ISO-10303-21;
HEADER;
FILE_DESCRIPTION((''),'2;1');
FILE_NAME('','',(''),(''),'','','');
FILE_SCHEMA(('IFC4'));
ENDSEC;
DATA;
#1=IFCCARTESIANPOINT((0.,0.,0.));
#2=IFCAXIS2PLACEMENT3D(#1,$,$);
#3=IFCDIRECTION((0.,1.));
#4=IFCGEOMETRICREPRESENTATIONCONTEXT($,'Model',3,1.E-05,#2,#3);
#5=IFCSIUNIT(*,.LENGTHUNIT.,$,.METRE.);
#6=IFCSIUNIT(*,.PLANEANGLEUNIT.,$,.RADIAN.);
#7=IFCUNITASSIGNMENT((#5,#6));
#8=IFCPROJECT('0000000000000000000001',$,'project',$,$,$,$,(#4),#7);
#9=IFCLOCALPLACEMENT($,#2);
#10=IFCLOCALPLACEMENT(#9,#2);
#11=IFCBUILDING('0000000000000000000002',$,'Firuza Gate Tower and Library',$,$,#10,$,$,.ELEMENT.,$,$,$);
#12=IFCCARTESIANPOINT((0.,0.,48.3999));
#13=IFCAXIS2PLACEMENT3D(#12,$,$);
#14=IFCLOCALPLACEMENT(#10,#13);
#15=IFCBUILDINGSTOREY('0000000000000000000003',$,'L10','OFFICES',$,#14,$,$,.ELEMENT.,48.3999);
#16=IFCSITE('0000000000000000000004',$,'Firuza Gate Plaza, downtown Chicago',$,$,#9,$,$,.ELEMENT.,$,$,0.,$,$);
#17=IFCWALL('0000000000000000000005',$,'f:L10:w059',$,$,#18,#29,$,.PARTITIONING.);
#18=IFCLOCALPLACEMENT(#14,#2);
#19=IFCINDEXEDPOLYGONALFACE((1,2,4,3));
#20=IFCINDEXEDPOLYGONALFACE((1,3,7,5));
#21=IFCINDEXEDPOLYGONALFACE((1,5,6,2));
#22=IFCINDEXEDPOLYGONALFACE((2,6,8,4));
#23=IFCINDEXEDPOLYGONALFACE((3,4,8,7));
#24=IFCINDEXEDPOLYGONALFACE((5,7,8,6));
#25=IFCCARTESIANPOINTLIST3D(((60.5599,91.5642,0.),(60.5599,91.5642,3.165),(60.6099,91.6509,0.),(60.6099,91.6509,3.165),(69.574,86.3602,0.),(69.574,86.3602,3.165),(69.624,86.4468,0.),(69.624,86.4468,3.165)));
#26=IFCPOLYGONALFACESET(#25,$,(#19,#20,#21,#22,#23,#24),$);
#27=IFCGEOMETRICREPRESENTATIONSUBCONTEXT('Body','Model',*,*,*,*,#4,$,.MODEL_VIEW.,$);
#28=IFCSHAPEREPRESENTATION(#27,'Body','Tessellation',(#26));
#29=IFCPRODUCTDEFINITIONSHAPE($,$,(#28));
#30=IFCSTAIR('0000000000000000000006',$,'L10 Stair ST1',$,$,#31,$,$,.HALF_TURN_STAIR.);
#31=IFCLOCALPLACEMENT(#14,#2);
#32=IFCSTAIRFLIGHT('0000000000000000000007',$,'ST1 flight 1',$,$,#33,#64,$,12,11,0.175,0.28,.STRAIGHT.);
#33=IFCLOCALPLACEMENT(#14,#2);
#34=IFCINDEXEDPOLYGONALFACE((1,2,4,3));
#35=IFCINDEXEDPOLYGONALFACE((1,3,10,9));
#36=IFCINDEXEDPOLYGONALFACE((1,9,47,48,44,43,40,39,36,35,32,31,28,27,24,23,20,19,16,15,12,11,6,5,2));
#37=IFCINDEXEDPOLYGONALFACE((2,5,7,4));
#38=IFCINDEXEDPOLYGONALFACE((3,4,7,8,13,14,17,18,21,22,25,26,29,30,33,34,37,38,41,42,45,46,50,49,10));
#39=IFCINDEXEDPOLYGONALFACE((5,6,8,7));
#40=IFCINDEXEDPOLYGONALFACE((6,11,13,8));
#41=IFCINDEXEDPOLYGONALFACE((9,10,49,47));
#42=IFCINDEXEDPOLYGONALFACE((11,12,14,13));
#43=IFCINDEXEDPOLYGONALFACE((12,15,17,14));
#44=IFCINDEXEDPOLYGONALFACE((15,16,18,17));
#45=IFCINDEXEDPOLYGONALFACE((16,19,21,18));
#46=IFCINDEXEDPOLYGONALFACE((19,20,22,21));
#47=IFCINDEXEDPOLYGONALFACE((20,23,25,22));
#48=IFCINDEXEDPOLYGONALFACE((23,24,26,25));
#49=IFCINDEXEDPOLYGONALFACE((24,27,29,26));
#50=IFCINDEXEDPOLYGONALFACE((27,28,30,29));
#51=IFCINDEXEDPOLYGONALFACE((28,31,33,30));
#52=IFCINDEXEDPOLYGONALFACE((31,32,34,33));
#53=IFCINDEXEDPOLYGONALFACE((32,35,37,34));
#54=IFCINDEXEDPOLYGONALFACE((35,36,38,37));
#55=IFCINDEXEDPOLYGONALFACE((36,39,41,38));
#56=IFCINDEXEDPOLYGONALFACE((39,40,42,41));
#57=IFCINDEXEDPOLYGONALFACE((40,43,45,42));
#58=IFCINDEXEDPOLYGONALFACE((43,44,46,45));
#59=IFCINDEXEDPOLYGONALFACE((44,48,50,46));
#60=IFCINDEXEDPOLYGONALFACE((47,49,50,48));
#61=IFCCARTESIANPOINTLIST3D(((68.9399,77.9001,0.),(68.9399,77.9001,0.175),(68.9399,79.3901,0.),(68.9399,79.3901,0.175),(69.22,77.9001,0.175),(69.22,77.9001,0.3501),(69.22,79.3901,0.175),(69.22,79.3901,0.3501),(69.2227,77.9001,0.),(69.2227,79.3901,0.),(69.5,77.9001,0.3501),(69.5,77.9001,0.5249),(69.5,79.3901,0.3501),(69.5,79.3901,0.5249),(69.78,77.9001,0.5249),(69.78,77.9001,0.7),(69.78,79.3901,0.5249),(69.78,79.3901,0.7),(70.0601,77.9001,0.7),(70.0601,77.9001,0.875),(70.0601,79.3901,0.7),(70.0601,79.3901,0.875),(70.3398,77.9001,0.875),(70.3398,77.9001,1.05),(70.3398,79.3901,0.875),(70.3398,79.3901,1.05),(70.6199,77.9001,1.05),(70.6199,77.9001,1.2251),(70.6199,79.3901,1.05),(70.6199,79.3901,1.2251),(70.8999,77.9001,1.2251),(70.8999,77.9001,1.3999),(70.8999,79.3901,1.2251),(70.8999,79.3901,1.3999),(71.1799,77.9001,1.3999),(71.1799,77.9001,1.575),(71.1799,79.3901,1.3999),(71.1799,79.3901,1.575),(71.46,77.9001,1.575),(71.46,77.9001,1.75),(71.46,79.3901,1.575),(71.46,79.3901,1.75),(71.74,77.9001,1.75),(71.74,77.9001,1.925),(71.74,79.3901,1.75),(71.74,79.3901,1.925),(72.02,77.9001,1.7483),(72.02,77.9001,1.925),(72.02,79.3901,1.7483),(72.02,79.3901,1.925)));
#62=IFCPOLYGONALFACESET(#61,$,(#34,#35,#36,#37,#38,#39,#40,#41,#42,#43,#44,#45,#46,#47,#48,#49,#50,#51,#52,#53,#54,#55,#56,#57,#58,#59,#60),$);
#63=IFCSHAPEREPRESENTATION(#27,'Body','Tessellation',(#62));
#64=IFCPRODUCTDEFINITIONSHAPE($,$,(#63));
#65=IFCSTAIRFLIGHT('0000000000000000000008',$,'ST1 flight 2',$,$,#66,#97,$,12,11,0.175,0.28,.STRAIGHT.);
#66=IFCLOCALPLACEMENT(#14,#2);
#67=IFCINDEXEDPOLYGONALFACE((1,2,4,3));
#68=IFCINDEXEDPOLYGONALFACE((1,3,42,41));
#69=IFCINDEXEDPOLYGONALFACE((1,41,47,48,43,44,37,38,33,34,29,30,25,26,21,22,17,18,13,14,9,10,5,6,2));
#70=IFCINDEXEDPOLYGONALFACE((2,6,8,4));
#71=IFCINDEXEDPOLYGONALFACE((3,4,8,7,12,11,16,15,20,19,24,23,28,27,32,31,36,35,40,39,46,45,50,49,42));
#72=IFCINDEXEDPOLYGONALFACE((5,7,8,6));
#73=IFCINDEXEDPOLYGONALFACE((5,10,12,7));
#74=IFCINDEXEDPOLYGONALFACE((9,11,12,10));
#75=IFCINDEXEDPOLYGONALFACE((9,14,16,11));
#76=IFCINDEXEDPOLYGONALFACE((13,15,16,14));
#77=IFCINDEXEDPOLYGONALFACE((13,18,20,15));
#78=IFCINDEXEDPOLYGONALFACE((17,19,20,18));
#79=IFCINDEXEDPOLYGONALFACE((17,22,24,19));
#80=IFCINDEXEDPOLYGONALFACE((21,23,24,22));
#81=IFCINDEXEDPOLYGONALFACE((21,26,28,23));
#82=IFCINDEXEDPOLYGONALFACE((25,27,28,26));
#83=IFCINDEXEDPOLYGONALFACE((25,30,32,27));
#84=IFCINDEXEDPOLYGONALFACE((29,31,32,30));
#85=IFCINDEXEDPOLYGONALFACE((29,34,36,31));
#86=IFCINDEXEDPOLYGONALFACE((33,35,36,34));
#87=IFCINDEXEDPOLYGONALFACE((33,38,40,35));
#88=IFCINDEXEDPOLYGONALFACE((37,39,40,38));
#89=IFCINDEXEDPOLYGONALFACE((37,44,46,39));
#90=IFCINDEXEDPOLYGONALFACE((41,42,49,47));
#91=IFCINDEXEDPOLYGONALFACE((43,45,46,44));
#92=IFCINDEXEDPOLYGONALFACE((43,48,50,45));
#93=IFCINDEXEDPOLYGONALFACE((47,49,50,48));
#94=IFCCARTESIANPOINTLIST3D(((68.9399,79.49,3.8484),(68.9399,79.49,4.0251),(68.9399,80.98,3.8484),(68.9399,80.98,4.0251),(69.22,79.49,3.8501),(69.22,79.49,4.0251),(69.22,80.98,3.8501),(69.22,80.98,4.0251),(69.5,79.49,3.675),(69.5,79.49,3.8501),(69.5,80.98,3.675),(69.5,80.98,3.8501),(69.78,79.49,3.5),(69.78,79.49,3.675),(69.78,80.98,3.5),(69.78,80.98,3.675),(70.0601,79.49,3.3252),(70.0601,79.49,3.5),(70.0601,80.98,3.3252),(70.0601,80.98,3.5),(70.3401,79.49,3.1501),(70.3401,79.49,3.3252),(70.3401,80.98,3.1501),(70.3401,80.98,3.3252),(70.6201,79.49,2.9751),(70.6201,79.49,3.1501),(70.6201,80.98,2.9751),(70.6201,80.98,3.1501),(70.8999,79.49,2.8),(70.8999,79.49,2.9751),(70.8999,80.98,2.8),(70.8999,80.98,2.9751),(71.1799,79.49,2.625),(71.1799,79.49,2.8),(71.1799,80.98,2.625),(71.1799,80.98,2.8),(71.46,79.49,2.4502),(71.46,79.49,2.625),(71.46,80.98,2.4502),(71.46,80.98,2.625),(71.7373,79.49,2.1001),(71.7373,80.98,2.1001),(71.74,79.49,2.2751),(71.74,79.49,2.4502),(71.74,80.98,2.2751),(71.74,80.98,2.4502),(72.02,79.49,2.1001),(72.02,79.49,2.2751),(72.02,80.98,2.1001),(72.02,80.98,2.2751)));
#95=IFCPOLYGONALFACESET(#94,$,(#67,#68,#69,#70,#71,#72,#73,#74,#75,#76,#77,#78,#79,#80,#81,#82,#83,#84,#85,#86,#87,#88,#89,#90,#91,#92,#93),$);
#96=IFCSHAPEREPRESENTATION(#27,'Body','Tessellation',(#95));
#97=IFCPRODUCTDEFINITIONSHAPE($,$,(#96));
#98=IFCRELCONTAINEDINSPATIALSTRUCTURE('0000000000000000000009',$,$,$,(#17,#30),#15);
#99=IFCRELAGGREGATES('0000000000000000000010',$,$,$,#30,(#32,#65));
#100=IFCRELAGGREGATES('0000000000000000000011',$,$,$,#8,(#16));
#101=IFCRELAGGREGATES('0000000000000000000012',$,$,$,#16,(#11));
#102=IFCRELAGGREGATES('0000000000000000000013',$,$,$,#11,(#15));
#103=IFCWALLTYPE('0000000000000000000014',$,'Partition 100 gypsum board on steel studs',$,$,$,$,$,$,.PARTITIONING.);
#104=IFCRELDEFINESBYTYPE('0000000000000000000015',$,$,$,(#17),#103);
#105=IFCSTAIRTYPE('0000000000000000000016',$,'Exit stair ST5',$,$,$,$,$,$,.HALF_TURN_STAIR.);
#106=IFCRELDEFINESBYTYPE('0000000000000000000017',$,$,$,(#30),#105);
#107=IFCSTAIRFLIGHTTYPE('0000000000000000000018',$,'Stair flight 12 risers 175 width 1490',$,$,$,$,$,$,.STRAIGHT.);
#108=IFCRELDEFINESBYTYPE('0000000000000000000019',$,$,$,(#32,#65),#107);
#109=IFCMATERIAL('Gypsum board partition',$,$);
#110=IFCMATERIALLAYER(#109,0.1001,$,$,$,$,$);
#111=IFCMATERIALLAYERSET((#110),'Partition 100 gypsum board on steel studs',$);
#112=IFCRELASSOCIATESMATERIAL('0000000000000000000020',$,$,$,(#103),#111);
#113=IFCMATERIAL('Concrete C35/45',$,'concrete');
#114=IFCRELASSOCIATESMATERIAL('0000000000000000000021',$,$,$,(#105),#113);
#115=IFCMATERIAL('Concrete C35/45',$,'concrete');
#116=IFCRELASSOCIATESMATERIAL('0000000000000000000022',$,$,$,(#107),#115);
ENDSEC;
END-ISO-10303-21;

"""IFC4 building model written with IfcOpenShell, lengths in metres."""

from ifc_helpers import new_model, si_unit, direction, frame, frame_2d, origin, place, context, subcontext, project, spatial, polyline, rectangle, outline, extrude, material, layer, layer_set, type_object, element, aggregate, save


model = new_model("IFC4")

# Units and contexts
model_context = context("Model", 3, precision=1e-05, world=origin(), true_north=direction((0.0, 1.0)))
body_context = subcontext(model_context, "Body", "Model", "MODEL_VIEW")
ifc_project = project(units=[si_unit("LENGTHUNIT", "METRE"), si_unit("PLANEANGLEUNIT", "RADIAN")], contexts=[model_context])

# Site, building, storey
site_placement = place(None, origin())
site = spatial("IfcSite", under=ifc_project, at=site_placement, Name="Firuza Gate Plaza, downtown Chicago", CompositionType="ELEMENT", RefElevation=0.0)
building_placement = place(site_placement, origin())
building = spatial("IfcBuilding", under=site, at=building_placement, Name="Firuza Gate Tower and Library", CompositionType="ELEMENT")
storey_placement = place(building_placement, frame((0.0, 0.0, 48.3999)))
storey = spatial("IfcBuildingStorey", under=building, at=storey_placement, Name="L10", Description="OFFICES", CompositionType="ELEMENT", Elevation=48.3999)

# Wall
ifc_material_1 = material(Name="Gypsum board partition")
ifc_layer_1 = layer(ifc_material_1, 0.1001)
ifc_layer_set_1 = layer_set([ifc_layer_1], Name="Partition 100 gypsum board on steel studs")
wall_type_1 = type_object("IfcWallType", Name="Partition 100 gypsum board on steel studs", PredefinedType="PARTITIONING", material=ifc_layer_set_1)
wall_1_placement = place(storey_placement, frame((69.5989, 86.4036, 0.0), z_axis=(0.0, 0.0, 1.0), x_axis=(-0.866035, 0.499984, 0.0)))
element("IfcWall", 1, at=wall_1_placement, inside=storey, type_object=wall_type_1, Name="f:L10:w059", PredefinedType="PARTITIONING", context=body_context, shape_type="SweptSolid", body=[
    extrude(rectangle(XDim=10.4084, YDim=0.1001, at=frame_2d((5.2041, 0.0))), origin(), (0.0, 0.0, 1.0), 3.165),
])

# Stair, stair flights
ifc_material_2 = material(Name="Concrete C35/45", Category="concrete")
stair_type = type_object("IfcStairType", Name="Exit stair ST5", PredefinedType="HALF_TURN_STAIR", material=ifc_material_2)
stair_placement = place(storey_placement, origin())
stair = element("IfcStair", 2, at=stair_placement, inside=storey, type_object=stair_type, Name="L10 Stair ST1", PredefinedType="HALF_TURN_STAIR")
ifc_material_3 = material(Name="Concrete C35/45", Category="concrete")
stair_flight_type = type_object("IfcStairFlightType", Name="Stair flight 12 risers 175 width 1490", PredefinedType="STRAIGHT", material=ifc_material_3)
stair_flight_1_placement = place(storey_placement, frame((68.9399, 78.645, 0.0), z_axis=(0.0, 0.0, 1.0), x_axis=(1.0, 0.0, 0.0)))
stair_flight_1 = element("IfcStairFlight", 3, at=stair_flight_1_placement, type_object=stair_flight_type, Name="ST1 flight 1", NumberOfRisers=12, NumberOfTreads=11, PredefinedType="STRAIGHT", RiserHeight=0.175, TreadLength=0.28, context=body_context, shape_type="SweptSolid", body=[
    extrude(outline(polyline([(0.0, 0.0), (0.0, 0.175), (0.28, 0.175), (0.28, 0.3501), (0.5601, 0.3501), (0.5601, 0.5249), (0.8401, 0.5249), (0.8401, 0.7), (1.1201, 0.7), (1.1201, 0.875), (1.3999, 0.875), (1.3999, 1.05), (1.6799, 1.05), (1.6799, 1.2251), (1.96, 1.2251), (1.96, 1.3999), (2.24, 1.3999), (2.24, 1.575), (2.52, 1.575), (2.52, 1.75), (2.8, 1.75), (2.8, 1.925), (3.0801, 1.925), (3.0801, 2.1001), (3.0801, 1.7483), (0.2827, 0.0), (0.0, 0.0)])), frame((0.0, 0.7451, 0.0), z_axis=(0.0, -1.0, 0.0), x_axis=(1.0, 0.0, 0.0)), (0.0, 0.0, 1.0), 1.49),
])
stair_flight_2_placement = place(storey_placement, frame((72.02, 80.2351, 2.1001), z_axis=(0.0, 0.0, 1.0), x_axis=(-1.0, 0.0, 0.0)))
stair_flight_2 = element("IfcStairFlight", 4, at=stair_flight_2_placement, type_object=stair_flight_type, Name="ST1 flight 2", NumberOfRisers=12, NumberOfTreads=11, PredefinedType="STRAIGHT", RiserHeight=0.175, TreadLength=0.28, context=body_context, shape_type="SweptSolid", body=[
    extrude(outline(polyline([(0.0, 0.0), (0.0, 0.175), (0.28, 0.175), (0.28, 0.3501), (0.5601, 0.3501), (0.5601, 0.5249), (0.8401, 0.5249), (0.8401, 0.7), (1.1201, 0.7), (1.1201, 0.875), (1.3999, 0.875), (1.3999, 1.05), (1.6799, 1.05), (1.6799, 1.2251), (1.96, 1.2251), (1.96, 1.3999), (2.24, 1.3999), (2.24, 1.575), (2.52, 1.575), (2.52, 1.75), (2.8, 1.75), (2.8, 1.925), (3.0801, 1.925), (3.0801, 2.1001), (3.0801, 1.7483), (0.2827, 0.0), (0.0, 0.0)])), frame((0.0, 0.7451, 0.0), z_axis=(0.0, -1.0, 0.0), x_axis=(1.0, 0.0, 0.0)), (0.0, 0.0, 1.0), 1.49),
])
aggregate(stair, [stair_flight_1, stair_flight_2])

save(model, "model.ifc")
